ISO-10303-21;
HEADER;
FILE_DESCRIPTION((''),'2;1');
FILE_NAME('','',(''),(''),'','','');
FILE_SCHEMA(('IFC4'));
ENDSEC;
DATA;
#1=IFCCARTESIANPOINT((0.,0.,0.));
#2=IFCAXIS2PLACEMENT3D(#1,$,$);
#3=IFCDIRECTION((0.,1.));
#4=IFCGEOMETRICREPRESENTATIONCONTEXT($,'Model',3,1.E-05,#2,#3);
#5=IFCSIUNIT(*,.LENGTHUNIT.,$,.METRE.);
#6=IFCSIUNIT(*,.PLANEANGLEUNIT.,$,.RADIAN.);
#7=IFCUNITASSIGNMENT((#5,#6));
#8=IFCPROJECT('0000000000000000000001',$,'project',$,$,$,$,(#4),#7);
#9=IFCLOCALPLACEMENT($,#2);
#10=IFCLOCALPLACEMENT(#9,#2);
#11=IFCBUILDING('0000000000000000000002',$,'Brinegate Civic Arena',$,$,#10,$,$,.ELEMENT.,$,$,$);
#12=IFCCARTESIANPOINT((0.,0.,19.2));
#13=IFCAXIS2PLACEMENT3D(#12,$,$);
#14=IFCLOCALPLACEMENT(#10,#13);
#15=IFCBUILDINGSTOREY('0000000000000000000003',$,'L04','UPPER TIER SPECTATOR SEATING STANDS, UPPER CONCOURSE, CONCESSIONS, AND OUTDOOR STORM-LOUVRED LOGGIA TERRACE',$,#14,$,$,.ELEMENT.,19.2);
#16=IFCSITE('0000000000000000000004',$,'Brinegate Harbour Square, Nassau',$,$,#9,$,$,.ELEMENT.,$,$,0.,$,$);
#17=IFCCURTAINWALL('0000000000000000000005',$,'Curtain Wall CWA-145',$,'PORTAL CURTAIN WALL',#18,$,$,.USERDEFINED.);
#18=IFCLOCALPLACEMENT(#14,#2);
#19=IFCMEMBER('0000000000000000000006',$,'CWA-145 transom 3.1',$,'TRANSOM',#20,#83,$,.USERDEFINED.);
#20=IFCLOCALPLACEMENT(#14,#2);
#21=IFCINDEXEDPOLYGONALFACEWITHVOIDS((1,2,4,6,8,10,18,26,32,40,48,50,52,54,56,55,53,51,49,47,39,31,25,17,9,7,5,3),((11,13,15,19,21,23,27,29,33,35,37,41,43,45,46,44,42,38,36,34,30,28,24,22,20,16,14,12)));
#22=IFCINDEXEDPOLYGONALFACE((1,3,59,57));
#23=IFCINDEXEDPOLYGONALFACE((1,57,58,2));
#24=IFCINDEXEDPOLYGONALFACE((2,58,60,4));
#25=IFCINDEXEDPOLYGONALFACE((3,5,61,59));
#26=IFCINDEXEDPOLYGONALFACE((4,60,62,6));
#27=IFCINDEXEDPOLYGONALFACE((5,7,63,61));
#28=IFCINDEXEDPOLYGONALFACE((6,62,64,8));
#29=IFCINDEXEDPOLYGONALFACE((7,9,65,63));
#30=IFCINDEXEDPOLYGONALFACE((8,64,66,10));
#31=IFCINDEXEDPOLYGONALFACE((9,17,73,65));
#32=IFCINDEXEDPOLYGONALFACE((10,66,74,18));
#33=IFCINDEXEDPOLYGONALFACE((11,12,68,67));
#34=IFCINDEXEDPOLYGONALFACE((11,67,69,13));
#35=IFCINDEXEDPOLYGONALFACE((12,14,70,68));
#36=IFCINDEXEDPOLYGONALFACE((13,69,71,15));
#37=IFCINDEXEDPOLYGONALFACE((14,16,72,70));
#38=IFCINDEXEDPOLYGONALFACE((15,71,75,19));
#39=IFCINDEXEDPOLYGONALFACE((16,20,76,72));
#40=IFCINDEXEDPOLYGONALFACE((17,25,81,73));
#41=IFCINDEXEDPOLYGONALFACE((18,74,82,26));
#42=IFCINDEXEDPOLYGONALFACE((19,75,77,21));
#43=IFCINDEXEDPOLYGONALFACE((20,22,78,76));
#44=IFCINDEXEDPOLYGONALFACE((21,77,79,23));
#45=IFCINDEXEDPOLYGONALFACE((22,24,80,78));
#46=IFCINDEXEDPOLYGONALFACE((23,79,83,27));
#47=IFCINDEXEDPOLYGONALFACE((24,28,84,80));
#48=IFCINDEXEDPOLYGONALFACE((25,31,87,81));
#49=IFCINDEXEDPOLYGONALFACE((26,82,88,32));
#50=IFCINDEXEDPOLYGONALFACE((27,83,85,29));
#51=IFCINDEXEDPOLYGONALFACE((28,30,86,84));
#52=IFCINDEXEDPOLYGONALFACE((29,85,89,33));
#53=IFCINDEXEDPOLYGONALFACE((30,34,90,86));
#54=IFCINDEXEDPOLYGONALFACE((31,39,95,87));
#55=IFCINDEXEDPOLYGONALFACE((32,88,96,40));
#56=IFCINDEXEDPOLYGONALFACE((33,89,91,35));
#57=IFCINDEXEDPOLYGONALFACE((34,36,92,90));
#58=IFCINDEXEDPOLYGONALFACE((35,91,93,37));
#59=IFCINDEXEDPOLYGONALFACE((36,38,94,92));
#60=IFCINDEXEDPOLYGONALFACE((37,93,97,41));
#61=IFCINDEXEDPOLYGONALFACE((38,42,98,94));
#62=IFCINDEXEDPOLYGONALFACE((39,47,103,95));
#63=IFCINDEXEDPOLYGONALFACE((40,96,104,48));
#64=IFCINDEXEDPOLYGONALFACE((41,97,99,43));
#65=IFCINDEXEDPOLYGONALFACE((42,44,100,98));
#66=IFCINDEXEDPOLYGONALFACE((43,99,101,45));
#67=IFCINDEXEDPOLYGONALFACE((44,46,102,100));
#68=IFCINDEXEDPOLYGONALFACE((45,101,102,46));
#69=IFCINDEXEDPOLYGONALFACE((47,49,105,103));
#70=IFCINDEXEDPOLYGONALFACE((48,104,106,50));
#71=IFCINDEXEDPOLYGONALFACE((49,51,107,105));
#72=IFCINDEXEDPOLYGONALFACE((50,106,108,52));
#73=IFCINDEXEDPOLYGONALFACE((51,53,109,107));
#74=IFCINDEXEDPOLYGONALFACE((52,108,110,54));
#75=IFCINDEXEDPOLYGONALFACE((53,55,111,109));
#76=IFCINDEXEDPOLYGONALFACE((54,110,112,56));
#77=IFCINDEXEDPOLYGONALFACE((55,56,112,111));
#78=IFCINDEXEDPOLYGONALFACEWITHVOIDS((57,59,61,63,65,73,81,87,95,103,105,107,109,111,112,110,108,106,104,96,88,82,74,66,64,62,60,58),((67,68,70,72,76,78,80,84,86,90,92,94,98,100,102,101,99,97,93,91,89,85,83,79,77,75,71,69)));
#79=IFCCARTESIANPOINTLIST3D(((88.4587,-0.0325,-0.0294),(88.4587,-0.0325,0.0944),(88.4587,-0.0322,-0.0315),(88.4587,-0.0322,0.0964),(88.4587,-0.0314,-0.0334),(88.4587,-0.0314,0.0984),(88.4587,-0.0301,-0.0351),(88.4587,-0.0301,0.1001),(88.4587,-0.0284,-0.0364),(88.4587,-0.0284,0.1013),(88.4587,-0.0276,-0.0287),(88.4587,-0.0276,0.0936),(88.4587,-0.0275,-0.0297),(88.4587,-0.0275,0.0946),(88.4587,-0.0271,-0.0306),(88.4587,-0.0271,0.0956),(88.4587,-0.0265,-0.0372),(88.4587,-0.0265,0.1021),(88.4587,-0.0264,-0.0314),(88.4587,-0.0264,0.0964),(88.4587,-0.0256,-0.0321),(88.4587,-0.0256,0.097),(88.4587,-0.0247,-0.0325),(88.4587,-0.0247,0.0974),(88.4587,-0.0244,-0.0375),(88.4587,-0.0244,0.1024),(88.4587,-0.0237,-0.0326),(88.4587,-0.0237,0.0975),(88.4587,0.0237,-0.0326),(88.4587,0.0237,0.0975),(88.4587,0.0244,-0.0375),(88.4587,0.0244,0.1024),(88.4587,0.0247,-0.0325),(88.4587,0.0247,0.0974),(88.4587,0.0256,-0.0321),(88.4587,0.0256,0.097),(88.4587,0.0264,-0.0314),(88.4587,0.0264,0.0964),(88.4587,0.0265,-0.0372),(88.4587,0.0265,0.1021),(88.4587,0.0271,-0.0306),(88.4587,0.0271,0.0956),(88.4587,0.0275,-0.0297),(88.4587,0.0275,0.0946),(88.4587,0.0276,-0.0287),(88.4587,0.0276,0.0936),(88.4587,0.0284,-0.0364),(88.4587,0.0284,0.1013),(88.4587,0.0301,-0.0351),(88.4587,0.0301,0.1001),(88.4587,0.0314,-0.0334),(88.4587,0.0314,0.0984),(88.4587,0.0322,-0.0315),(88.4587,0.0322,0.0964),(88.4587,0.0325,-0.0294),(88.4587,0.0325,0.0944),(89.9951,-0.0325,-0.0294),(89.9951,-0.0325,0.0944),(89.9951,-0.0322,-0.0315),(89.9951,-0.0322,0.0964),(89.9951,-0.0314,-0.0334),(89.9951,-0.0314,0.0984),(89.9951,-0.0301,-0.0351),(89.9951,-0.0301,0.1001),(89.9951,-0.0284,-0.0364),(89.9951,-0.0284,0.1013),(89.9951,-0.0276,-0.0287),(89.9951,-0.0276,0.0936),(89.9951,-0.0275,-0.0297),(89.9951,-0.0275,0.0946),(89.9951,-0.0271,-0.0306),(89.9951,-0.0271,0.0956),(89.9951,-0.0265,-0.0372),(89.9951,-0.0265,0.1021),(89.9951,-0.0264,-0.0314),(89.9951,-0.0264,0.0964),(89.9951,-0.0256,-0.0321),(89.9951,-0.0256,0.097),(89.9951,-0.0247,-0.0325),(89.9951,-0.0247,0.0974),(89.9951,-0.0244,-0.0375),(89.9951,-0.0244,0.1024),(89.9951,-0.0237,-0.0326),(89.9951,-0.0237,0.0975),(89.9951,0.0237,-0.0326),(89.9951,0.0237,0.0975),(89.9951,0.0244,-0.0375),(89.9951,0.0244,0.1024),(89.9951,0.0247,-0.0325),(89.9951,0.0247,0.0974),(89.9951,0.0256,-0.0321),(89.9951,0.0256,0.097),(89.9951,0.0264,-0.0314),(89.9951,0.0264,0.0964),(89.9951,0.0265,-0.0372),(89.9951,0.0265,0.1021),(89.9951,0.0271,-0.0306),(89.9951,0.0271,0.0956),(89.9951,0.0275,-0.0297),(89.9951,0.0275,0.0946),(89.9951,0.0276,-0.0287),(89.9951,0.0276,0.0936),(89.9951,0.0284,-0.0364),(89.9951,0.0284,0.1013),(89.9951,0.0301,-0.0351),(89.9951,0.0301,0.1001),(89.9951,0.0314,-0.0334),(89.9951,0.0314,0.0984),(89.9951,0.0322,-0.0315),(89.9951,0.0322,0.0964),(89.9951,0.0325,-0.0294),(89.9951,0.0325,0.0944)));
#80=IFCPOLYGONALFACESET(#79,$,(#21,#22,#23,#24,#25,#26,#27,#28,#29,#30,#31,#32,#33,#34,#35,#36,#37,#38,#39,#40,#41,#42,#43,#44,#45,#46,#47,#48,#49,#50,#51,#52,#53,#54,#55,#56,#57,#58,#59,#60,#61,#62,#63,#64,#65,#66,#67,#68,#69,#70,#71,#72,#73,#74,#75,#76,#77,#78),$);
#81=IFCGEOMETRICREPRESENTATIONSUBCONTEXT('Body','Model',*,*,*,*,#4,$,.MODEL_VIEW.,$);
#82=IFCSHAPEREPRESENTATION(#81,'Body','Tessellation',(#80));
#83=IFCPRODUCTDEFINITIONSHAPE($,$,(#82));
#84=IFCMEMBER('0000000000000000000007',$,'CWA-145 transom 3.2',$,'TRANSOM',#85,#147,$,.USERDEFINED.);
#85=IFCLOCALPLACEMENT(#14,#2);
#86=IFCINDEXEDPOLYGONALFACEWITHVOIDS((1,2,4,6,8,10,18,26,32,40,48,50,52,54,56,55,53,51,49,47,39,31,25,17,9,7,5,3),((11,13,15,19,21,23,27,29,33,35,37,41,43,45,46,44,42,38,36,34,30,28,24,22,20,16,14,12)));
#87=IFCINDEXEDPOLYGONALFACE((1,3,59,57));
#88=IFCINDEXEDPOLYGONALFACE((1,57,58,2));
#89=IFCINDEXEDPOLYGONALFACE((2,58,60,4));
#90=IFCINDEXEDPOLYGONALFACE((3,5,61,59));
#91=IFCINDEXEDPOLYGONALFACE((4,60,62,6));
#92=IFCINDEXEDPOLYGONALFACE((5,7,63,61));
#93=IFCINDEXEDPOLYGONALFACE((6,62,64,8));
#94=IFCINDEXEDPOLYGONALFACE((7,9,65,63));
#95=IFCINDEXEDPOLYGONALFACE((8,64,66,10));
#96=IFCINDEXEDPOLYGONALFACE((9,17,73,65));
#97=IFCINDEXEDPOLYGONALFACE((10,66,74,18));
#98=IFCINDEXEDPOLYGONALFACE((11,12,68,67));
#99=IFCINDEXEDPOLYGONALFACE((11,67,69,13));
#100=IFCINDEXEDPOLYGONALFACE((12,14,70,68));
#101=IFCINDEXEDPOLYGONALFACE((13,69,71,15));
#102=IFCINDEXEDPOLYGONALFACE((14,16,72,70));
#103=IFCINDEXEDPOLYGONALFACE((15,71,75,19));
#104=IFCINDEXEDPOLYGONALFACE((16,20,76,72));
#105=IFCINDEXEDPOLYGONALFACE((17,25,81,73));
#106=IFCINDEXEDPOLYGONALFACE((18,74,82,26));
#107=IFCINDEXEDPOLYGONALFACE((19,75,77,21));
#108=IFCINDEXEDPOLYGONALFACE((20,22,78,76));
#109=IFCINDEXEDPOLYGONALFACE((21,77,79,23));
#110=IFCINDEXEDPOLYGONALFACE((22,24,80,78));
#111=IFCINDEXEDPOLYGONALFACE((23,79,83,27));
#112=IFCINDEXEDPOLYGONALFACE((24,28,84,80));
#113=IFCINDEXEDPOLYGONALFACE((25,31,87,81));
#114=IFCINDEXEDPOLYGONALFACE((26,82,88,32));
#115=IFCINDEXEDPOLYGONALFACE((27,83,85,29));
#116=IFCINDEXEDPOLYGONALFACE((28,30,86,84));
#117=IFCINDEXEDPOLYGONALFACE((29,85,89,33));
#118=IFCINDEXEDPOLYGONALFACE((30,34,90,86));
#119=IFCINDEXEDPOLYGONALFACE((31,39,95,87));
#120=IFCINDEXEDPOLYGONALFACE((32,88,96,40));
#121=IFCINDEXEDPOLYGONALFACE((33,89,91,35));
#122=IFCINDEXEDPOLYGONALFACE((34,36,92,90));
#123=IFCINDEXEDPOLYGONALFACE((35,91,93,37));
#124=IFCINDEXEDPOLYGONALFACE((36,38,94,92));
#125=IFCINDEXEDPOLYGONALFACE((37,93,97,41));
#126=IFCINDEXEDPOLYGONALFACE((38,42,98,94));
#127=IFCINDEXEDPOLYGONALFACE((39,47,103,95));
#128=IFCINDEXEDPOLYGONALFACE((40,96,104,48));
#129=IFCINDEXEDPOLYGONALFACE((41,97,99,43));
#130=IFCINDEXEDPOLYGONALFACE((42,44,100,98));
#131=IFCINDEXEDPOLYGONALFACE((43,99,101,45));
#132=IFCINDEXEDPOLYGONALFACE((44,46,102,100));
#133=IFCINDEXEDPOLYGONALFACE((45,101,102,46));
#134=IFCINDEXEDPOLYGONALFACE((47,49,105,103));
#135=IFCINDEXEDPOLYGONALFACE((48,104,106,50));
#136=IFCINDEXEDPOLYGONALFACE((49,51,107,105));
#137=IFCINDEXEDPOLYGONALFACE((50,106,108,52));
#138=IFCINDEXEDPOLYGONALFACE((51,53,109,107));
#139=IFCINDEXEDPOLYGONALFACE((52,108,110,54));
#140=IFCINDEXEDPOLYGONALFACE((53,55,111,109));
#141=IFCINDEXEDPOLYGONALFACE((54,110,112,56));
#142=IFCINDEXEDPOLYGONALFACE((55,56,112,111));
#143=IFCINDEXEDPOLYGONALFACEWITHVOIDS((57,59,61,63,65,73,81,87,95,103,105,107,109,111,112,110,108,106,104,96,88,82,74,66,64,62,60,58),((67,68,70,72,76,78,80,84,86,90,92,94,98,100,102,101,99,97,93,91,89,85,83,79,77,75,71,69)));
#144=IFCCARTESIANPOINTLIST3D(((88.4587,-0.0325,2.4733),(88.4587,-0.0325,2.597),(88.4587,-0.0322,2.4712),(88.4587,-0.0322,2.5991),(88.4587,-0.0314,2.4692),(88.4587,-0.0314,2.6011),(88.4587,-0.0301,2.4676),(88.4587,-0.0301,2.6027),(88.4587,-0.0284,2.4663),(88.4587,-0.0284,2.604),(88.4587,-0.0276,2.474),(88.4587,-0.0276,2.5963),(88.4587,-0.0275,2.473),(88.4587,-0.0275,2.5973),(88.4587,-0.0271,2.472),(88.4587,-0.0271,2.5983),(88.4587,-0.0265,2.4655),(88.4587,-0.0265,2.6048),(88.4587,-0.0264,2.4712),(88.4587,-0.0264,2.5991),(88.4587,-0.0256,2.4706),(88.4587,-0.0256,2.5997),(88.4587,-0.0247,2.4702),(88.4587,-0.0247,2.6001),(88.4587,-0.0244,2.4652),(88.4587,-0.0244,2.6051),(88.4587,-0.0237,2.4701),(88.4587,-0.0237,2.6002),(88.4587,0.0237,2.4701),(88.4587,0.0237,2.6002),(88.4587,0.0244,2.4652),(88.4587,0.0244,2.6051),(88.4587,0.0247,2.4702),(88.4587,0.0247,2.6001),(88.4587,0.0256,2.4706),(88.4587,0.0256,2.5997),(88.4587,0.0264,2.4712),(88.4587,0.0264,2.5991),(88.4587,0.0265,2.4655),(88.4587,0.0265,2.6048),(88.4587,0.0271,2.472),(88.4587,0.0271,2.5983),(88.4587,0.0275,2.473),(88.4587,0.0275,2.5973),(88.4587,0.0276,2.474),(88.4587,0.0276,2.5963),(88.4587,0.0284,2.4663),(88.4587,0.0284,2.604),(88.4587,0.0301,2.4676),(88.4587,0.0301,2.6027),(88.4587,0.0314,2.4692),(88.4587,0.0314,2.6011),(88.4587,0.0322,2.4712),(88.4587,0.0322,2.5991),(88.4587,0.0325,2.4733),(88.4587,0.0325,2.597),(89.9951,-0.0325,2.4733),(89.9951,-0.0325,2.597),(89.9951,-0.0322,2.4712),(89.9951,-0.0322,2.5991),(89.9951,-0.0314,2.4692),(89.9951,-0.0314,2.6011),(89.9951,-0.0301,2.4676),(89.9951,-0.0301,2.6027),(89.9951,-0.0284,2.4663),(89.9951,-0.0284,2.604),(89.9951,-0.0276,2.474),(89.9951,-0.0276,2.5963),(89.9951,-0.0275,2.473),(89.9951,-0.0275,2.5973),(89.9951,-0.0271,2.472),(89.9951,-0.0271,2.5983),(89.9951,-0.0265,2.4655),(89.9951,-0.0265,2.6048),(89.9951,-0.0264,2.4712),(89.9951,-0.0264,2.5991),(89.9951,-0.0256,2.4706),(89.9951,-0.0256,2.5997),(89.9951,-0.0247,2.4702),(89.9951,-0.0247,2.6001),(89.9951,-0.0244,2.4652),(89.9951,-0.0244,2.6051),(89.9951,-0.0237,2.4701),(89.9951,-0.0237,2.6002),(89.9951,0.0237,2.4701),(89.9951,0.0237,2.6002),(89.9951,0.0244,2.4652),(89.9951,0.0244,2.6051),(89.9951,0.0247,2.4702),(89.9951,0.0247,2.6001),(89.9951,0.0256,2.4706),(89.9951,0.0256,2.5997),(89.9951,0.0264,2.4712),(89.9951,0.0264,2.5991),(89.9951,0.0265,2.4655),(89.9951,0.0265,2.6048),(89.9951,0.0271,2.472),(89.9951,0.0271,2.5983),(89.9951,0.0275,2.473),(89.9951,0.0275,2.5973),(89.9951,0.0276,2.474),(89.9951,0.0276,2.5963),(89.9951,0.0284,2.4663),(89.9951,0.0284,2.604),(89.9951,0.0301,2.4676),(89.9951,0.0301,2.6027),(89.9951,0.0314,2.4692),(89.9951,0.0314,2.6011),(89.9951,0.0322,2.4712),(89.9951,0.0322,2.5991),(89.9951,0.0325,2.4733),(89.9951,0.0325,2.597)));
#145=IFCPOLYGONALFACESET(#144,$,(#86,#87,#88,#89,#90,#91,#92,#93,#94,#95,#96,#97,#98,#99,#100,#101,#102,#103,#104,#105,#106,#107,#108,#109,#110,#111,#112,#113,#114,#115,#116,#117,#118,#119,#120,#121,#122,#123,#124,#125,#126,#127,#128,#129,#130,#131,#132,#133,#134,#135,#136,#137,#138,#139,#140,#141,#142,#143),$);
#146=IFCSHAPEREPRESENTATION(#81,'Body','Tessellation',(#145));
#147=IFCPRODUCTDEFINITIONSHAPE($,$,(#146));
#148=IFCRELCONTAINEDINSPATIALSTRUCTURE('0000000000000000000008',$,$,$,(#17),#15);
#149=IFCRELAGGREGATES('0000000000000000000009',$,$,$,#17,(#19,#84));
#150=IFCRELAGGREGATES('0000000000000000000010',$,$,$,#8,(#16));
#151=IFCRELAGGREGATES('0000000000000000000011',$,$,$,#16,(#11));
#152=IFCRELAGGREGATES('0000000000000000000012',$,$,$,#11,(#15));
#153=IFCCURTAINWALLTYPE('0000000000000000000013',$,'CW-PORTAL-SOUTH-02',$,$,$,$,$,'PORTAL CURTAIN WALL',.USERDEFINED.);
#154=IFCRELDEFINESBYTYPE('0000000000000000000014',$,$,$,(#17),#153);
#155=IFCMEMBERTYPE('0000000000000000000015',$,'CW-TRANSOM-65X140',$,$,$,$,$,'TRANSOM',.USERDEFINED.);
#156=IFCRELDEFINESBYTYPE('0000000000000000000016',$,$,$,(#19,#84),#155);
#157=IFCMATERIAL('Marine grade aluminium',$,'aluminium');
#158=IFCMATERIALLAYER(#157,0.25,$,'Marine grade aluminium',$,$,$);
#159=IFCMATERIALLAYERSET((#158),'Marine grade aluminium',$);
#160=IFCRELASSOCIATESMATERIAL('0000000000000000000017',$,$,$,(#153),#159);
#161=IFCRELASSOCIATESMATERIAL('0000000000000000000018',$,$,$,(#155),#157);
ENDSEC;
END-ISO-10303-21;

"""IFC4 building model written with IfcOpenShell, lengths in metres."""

from ifc_helpers import new_model, si_unit, direction, frame, origin, origin_2d, place, context, subcontext, project, spatial, hollow_rectangle, extrude, material, layer, layer_set, material_profile, profile_set, type_object, element, aggregate, save


model = new_model("IFC4")

# Units and contexts
model_context = context("Model", 3, precision=1e-05, world=origin(), true_north=direction((0.0, 1.0)))
body_context = subcontext(model_context, "Body", "Model", "MODEL_VIEW")
ifc_project = project(units=[si_unit("LENGTHUNIT", "METRE"), si_unit("PLANEANGLEUNIT", "RADIAN")], contexts=[model_context])

# Site, building, storey
site_placement = place(None, origin())
site = spatial("IfcSite", under=ifc_project, at=site_placement, Name="Brinegate Harbour Square, Nassau", CompositionType="ELEMENT", RefElevation=0.0)
building_placement = place(site_placement, origin())
building = spatial("IfcBuilding", under=site, at=building_placement, Name="Brinegate Civic Arena", CompositionType="ELEMENT")
storey_placement = place(building_placement, frame((0.0, 0.0, 19.2)))
storey = spatial("IfcBuildingStorey", under=building, at=storey_placement, Name="L04", Description="UPPER TIER SPECTATOR SEATING STANDS, UPPER CONCOURSE, CONCESSIONS, AND OUTDOOR STORM-LOUVRED LOGGIA TERRACE", CompositionType="ELEMENT", Elevation=19.2)

# Curtain wall, members
ifc_material_1 = material(Name="Marine grade aluminium", Category="aluminium")
ifc_layer_1 = layer(ifc_material_1, 0.25, Name="Marine grade aluminium")
ifc_layer_set_1 = layer_set([ifc_layer_1], Name="Marine grade aluminium")
curtain_wall_type = type_object("IfcCurtainWallType", Name="CW-PORTAL-SOUTH-02", ElementType="PORTAL CURTAIN WALL", PredefinedType="USERDEFINED", material=ifc_layer_set_1)
curtain_wall_placement = place(storey_placement, origin())
curtain_wall = element("IfcCurtainWall", 1, at=curtain_wall_placement, inside=storey, type_object=curtain_wall_type, Name="Curtain Wall CWA-145", ObjectType="PORTAL CURTAIN WALL", PredefinedType="USERDEFINED")
ifc_material_profile_1 = material_profile(ifc_material_1, hollow_rectangle(XDim=0.0649, YDim=0.1399, WallThickness=0.0049, InnerFilletRadius=0.0039, OuterFilletRadius=0.0081, at=origin_2d()), Name="TRN65X140")
ifc_profile_set_1 = profile_set([ifc_material_profile_1], Name="Marine grade aluminium")
member_type_1 = type_object("IfcMemberType", Name="CW-TRANSOM-65X140", ElementType="TRANSOM", PredefinedType="USERDEFINED", material=ifc_profile_set_1)
member_1_placement = place(storey_placement, frame((88.4587, 0.0, 0.0325), z_axis=(1.0, 0.0, 0.0), x_axis=(0.0, 1.0, 0.0)))
member_1 = element("IfcMember", 2, at=member_1_placement, type_object=member_type_1, Name="CWA-145 transom 3.1", ObjectType="TRANSOM", PredefinedType="USERDEFINED", context=body_context, shape_type="SweptSolid", body=[
    extrude(hollow_rectangle(XDim=0.0649, YDim=0.1399, WallThickness=0.0049, InnerFilletRadius=0.0039, OuterFilletRadius=0.0081, at=origin_2d()), origin(), (0.0, 0.0, 1.0), 1.5364),
])
member_2_placement = place(storey_placement, frame((88.4587, 0.0, 2.5352), z_axis=(1.0, 0.0, 0.0), x_axis=(0.0, 1.0, 0.0)))
member_2 = element("IfcMember", 3, at=member_2_placement, type_object=member_type_1, Name="CWA-145 transom 3.2", ObjectType="TRANSOM", PredefinedType="USERDEFINED", context=body_context, shape_type="SweptSolid", body=[
    extrude(hollow_rectangle(XDim=0.0649, YDim=0.1399, WallThickness=0.0049, InnerFilletRadius=0.0039, OuterFilletRadius=0.0081, at=origin_2d()), origin(), (0.0, 0.0, 1.0), 1.5364),
])
aggregate(curtain_wall, [member_1, member_2])

save(model, "model.ifc")
